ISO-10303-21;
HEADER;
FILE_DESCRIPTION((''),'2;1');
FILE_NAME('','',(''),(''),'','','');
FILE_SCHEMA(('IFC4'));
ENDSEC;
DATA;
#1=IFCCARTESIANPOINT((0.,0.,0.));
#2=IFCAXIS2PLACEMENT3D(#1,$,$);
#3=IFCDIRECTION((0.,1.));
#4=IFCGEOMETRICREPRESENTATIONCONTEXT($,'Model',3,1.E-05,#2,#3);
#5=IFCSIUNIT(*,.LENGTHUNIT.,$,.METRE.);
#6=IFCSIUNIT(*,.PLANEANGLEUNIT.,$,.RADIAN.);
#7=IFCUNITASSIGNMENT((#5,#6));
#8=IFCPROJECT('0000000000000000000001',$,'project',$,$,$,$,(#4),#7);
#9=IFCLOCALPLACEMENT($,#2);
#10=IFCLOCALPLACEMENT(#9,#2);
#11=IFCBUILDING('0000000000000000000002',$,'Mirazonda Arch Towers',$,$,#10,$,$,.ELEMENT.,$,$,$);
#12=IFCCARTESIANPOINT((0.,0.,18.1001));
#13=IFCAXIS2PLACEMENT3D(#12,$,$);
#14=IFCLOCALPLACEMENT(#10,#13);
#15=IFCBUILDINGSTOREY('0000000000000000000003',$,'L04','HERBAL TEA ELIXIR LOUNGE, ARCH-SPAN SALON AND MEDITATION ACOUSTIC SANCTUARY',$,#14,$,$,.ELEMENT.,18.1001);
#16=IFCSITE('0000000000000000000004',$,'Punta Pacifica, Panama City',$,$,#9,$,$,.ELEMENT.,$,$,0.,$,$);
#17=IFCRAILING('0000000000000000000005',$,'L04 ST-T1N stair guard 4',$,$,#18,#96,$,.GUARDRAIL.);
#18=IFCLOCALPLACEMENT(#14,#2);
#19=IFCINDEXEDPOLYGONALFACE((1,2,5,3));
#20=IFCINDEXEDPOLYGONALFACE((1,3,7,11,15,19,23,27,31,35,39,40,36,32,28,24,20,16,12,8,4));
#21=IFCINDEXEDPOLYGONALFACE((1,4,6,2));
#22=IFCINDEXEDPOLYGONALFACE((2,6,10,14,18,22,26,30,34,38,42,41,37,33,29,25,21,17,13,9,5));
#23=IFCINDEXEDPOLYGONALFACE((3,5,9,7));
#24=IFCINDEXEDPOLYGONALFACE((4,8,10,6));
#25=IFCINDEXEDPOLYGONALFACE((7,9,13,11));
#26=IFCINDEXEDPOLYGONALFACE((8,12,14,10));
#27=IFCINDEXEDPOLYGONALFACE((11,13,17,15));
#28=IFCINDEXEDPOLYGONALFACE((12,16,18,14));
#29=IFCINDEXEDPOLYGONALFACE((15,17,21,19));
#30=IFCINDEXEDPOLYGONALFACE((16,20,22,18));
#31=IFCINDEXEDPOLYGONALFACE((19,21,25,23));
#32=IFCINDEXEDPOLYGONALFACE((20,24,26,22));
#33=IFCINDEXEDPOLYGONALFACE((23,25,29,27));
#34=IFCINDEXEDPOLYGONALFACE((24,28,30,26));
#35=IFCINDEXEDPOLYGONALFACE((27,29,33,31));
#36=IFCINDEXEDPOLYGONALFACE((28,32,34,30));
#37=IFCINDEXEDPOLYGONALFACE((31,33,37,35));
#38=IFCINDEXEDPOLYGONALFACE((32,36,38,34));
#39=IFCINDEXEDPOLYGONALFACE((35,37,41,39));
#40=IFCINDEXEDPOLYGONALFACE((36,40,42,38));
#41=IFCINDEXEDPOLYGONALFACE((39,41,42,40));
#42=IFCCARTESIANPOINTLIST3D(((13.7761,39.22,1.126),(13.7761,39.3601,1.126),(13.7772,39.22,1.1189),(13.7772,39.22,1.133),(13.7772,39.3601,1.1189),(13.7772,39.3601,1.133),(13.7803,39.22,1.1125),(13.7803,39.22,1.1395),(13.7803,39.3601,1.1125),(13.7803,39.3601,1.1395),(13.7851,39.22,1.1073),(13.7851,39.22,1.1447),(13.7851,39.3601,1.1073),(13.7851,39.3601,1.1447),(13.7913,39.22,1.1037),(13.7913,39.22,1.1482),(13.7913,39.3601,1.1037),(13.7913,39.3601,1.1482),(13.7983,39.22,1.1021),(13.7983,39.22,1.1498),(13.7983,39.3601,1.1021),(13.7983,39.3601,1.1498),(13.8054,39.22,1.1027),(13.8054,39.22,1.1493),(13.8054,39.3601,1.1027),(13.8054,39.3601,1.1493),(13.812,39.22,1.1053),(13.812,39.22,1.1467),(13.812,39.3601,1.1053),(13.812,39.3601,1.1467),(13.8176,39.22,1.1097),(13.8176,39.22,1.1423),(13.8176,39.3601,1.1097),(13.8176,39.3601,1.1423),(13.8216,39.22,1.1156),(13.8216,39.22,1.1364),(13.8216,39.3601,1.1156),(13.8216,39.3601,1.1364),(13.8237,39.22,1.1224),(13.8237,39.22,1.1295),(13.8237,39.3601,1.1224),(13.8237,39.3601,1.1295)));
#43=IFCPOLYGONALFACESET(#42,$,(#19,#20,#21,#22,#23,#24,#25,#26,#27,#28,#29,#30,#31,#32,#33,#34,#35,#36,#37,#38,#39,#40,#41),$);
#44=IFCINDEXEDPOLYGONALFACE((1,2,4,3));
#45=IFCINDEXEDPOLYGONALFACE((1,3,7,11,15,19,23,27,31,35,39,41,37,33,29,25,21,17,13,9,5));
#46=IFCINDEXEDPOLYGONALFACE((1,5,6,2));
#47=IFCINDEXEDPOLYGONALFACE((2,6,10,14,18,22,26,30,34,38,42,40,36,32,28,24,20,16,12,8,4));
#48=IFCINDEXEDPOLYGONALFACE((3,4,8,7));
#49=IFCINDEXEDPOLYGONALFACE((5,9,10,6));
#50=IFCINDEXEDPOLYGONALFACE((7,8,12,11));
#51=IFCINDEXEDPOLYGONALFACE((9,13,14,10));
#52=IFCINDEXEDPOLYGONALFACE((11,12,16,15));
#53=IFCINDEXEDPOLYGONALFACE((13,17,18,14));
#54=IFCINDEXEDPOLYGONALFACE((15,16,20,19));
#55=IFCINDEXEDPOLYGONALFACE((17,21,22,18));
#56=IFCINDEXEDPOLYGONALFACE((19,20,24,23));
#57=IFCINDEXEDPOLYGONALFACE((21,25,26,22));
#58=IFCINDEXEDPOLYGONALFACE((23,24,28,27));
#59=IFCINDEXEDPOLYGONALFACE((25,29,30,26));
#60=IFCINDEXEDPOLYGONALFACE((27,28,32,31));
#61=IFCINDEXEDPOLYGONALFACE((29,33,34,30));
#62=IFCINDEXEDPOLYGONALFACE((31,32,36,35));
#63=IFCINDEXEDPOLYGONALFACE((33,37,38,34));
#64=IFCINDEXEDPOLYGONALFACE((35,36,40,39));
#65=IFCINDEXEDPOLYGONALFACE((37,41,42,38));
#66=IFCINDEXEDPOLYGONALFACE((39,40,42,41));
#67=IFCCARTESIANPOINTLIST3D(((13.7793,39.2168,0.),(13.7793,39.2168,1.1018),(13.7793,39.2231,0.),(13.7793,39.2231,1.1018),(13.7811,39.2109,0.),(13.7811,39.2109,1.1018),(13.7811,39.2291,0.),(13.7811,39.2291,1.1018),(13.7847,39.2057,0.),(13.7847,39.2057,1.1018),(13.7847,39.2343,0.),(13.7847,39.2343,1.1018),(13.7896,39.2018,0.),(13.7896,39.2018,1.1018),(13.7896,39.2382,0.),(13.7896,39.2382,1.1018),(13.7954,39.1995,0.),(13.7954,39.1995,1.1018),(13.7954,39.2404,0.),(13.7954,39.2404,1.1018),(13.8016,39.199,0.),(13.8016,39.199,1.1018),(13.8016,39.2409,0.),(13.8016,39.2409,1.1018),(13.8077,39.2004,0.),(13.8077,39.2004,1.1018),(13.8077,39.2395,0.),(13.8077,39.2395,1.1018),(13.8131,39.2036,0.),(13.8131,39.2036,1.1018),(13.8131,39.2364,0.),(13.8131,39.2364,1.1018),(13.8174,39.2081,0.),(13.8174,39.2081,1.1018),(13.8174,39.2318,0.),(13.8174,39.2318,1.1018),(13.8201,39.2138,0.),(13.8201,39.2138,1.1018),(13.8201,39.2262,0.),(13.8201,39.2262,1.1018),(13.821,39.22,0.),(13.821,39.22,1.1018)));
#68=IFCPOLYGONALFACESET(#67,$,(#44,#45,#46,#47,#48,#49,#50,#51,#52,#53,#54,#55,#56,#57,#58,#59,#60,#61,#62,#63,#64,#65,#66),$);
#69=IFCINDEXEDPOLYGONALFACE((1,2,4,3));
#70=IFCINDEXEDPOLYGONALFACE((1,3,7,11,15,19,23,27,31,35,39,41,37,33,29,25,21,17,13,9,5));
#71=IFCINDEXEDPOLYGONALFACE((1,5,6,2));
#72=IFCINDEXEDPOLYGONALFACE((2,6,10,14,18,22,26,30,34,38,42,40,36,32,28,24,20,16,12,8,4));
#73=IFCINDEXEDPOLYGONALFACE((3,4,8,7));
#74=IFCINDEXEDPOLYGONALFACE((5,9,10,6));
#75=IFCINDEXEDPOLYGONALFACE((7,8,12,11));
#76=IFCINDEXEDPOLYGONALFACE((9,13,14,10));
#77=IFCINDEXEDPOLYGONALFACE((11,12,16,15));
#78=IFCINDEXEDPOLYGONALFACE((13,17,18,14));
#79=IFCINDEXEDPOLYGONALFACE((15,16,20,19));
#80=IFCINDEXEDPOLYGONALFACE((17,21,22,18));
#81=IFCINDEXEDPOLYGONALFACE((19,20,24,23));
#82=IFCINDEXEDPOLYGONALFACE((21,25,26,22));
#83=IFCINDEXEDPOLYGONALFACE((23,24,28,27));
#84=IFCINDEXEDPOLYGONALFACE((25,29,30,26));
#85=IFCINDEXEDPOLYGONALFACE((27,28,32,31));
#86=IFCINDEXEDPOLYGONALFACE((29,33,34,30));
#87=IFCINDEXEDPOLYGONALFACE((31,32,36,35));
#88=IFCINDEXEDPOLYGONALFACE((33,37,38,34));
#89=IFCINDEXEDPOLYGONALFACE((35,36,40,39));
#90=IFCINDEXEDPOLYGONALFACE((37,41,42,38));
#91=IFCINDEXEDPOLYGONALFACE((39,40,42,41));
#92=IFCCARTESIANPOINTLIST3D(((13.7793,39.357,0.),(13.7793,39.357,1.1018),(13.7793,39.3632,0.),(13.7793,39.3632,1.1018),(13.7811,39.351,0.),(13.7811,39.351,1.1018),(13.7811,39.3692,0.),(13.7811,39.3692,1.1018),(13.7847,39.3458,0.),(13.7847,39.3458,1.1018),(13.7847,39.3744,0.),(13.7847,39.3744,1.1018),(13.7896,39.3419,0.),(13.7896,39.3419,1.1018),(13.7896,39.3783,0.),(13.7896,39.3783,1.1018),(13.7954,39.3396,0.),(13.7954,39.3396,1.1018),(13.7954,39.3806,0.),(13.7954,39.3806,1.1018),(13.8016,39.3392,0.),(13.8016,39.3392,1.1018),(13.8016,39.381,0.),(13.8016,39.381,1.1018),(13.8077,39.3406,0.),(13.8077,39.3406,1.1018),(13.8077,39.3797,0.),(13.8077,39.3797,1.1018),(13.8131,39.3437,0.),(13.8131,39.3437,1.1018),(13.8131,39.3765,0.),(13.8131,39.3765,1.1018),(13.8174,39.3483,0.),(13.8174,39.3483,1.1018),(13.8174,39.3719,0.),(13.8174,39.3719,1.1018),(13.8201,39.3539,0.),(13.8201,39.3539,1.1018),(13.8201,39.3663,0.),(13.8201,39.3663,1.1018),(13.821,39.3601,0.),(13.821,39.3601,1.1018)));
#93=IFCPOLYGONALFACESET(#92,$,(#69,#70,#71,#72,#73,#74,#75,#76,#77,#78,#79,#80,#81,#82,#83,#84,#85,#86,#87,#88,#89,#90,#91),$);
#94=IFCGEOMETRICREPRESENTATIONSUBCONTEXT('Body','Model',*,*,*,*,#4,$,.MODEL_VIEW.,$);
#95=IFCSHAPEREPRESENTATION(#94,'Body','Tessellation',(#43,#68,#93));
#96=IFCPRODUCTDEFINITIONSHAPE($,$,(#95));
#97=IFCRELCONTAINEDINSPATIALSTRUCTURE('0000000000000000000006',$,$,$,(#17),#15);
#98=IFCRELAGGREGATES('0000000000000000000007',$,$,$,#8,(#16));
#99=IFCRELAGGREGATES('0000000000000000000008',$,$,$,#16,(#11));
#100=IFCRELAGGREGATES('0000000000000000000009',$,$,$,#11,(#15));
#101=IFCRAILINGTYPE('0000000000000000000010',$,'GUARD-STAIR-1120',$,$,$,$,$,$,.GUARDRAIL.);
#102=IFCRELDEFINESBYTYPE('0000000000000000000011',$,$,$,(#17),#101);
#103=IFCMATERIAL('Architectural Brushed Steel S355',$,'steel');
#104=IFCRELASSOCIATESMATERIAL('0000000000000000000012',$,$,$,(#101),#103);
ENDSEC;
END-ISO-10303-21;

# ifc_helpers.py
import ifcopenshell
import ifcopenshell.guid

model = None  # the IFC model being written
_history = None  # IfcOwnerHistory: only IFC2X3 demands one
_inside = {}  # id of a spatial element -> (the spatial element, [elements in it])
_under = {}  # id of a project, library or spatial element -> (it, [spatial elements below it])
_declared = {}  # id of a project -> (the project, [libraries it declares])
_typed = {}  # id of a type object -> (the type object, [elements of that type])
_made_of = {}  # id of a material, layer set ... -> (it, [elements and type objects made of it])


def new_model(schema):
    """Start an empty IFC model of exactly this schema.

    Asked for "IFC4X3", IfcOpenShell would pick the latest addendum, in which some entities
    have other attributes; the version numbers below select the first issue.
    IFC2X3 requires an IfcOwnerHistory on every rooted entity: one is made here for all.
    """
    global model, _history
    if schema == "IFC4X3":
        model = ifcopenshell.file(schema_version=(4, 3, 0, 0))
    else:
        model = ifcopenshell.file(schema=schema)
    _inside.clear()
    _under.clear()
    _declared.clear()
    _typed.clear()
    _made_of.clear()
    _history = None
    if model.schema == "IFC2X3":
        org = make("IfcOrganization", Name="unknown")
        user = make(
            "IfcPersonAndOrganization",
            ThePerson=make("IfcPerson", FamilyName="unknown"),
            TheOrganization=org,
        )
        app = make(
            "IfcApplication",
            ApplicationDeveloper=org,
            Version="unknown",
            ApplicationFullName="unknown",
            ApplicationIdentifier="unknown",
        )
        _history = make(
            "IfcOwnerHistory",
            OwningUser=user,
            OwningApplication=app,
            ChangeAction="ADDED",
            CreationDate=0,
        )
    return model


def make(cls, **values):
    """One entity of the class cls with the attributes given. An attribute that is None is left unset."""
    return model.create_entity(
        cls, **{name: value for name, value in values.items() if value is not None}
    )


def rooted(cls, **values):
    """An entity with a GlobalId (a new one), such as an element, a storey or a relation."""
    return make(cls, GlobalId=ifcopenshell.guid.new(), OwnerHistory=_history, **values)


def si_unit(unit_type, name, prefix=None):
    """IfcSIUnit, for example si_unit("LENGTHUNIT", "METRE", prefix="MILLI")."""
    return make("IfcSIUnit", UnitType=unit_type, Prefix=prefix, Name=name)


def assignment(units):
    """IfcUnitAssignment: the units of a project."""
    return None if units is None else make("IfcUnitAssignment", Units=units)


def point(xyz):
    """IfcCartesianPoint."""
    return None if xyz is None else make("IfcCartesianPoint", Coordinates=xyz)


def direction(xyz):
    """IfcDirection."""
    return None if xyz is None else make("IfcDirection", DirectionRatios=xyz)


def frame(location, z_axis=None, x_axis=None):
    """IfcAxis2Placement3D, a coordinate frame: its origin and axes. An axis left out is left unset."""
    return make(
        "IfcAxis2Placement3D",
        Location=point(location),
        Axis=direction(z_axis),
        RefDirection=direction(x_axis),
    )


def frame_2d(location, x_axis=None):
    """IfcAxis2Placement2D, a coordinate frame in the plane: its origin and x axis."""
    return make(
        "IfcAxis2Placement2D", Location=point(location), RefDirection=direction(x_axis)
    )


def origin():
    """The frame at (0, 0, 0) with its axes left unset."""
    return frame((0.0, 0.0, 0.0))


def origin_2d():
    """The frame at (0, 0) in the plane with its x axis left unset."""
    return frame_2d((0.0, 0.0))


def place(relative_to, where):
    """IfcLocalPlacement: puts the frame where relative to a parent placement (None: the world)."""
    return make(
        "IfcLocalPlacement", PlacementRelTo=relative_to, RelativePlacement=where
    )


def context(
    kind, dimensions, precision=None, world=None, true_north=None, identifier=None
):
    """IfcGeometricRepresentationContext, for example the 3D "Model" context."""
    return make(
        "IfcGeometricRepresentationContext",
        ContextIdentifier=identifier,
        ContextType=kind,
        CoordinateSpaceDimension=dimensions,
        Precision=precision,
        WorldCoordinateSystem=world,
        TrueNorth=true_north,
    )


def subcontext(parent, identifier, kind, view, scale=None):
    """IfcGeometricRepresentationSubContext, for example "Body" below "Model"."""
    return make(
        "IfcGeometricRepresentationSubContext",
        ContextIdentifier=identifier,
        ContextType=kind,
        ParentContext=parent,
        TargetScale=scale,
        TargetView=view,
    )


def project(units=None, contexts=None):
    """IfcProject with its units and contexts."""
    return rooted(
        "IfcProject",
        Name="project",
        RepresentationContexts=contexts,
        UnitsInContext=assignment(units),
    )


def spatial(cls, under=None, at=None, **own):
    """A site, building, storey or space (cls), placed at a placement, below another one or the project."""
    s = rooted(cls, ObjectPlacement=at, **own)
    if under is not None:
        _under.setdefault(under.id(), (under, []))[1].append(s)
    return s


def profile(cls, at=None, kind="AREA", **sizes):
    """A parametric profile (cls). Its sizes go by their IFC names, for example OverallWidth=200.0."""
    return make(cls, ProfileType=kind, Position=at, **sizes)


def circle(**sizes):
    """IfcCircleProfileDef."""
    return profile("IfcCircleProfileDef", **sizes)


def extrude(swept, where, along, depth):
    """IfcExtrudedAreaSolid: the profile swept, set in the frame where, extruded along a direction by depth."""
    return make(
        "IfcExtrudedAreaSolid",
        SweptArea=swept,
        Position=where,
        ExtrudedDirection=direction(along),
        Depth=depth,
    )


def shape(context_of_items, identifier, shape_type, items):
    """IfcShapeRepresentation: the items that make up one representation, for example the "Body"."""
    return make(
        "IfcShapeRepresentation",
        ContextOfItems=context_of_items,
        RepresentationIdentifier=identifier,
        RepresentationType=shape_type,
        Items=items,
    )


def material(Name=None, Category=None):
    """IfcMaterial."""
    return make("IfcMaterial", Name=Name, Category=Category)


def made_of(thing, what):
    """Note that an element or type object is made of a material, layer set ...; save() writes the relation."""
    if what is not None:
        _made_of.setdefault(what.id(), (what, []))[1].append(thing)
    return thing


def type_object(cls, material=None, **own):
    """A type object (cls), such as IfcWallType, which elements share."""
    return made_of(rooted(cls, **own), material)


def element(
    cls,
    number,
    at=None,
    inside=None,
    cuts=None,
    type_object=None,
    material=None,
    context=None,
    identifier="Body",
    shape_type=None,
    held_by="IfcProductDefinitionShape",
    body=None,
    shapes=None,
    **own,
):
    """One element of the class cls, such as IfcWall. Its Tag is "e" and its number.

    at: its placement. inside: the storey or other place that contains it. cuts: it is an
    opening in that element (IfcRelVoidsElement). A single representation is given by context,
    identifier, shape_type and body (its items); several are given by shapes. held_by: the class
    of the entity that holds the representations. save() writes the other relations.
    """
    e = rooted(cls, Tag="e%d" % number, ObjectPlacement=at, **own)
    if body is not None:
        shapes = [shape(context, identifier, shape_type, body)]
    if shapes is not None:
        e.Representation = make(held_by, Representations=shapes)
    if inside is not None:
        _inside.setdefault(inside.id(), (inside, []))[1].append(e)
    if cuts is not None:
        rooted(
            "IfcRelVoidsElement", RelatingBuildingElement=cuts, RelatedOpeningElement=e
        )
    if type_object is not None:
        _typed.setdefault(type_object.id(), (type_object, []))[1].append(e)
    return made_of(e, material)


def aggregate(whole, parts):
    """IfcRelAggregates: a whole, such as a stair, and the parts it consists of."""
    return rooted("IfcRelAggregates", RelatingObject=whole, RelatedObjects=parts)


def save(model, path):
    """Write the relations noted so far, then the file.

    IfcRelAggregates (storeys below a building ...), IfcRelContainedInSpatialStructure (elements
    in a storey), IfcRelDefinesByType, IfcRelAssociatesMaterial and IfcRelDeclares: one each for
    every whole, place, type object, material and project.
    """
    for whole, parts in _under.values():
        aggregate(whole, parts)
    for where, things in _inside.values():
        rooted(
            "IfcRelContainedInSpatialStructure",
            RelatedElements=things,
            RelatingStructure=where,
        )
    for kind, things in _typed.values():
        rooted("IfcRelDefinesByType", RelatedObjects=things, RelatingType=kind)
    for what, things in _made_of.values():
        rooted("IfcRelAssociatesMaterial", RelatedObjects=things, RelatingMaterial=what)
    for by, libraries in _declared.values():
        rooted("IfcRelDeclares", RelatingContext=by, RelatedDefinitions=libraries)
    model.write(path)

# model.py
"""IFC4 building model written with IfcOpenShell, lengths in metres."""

from ifc_helpers import new_model, si_unit, direction, frame, origin, origin_2d, place, context, subcontext, project, spatial, circle, extrude, material, type_object, element, save


model = new_model("IFC4")

# Units and contexts
model_context = context("Model", 3, precision=1e-05, world=origin(), true_north=direction((0.0, 1.0)))
body_context = subcontext(model_context, "Body", "Model", "MODEL_VIEW")
ifc_project = project(units=[si_unit("LENGTHUNIT", "METRE"), si_unit("PLANEANGLEUNIT", "RADIAN")], contexts=[model_context])

# Site, building, storey
site_placement = place(None, origin())
site = spatial("IfcSite", under=ifc_project, at=site_placement, Name="Punta Pacifica, Panama City", CompositionType="ELEMENT", RefElevation=0.0)
building_placement = place(site_placement, origin())
building = spatial("IfcBuilding", under=site, at=building_placement, Name="Mirazonda Arch Towers", CompositionType="ELEMENT")
storey_placement = place(building_placement, frame((0.0, 0.0, 18.1001)))
storey = spatial("IfcBuildingStorey", under=building, at=storey_placement, Name="L04", Description="HERBAL TEA ELIXIR LOUNGE, ARCH-SPAN SALON AND MEDITATION ACOUSTIC SANCTUARY", CompositionType="ELEMENT", Elevation=18.1001)

# Shared definitions
ifc_material_1 = material(Name="Architectural Brushed Steel S355", Category="steel")

# Railing
railing_type_1 = type_object("IfcRailingType", Name="GUARD-STAIR-1120", PredefinedType="GUARDRAIL", material=ifc_material_1)
railing_1_placement = place(storey_placement, frame((13.8, 39.22, 0.0)))
element("IfcRailing", 1, at=railing_1_placement, inside=storey, type_object=railing_type_1, Name="L04 ST-T1N stair guard 4", PredefinedType="GUARDRAIL", context=body_context, shape_type="SweptSolid", body=[
    extrude(circle(Radius=0.0239, at=origin_2d()), frame((0.0, 0.0, 1.126), z_axis=(0.0, 1.0, 0.0), x_axis=(-1.0, 0.0, 0.0)), (0.0, 0.0, 1.0), 0.1401),
    extrude(circle(Radius=0.021, at=origin_2d()), origin(), (0.0, 0.0, 1.0), 1.1018),
    extrude(circle(Radius=0.021, at=origin_2d()), frame((0.0, 0.1401, 0.0)), (0.0, 0.0, 1.0), 1.1018),
])

save(model, "model.ifc")
